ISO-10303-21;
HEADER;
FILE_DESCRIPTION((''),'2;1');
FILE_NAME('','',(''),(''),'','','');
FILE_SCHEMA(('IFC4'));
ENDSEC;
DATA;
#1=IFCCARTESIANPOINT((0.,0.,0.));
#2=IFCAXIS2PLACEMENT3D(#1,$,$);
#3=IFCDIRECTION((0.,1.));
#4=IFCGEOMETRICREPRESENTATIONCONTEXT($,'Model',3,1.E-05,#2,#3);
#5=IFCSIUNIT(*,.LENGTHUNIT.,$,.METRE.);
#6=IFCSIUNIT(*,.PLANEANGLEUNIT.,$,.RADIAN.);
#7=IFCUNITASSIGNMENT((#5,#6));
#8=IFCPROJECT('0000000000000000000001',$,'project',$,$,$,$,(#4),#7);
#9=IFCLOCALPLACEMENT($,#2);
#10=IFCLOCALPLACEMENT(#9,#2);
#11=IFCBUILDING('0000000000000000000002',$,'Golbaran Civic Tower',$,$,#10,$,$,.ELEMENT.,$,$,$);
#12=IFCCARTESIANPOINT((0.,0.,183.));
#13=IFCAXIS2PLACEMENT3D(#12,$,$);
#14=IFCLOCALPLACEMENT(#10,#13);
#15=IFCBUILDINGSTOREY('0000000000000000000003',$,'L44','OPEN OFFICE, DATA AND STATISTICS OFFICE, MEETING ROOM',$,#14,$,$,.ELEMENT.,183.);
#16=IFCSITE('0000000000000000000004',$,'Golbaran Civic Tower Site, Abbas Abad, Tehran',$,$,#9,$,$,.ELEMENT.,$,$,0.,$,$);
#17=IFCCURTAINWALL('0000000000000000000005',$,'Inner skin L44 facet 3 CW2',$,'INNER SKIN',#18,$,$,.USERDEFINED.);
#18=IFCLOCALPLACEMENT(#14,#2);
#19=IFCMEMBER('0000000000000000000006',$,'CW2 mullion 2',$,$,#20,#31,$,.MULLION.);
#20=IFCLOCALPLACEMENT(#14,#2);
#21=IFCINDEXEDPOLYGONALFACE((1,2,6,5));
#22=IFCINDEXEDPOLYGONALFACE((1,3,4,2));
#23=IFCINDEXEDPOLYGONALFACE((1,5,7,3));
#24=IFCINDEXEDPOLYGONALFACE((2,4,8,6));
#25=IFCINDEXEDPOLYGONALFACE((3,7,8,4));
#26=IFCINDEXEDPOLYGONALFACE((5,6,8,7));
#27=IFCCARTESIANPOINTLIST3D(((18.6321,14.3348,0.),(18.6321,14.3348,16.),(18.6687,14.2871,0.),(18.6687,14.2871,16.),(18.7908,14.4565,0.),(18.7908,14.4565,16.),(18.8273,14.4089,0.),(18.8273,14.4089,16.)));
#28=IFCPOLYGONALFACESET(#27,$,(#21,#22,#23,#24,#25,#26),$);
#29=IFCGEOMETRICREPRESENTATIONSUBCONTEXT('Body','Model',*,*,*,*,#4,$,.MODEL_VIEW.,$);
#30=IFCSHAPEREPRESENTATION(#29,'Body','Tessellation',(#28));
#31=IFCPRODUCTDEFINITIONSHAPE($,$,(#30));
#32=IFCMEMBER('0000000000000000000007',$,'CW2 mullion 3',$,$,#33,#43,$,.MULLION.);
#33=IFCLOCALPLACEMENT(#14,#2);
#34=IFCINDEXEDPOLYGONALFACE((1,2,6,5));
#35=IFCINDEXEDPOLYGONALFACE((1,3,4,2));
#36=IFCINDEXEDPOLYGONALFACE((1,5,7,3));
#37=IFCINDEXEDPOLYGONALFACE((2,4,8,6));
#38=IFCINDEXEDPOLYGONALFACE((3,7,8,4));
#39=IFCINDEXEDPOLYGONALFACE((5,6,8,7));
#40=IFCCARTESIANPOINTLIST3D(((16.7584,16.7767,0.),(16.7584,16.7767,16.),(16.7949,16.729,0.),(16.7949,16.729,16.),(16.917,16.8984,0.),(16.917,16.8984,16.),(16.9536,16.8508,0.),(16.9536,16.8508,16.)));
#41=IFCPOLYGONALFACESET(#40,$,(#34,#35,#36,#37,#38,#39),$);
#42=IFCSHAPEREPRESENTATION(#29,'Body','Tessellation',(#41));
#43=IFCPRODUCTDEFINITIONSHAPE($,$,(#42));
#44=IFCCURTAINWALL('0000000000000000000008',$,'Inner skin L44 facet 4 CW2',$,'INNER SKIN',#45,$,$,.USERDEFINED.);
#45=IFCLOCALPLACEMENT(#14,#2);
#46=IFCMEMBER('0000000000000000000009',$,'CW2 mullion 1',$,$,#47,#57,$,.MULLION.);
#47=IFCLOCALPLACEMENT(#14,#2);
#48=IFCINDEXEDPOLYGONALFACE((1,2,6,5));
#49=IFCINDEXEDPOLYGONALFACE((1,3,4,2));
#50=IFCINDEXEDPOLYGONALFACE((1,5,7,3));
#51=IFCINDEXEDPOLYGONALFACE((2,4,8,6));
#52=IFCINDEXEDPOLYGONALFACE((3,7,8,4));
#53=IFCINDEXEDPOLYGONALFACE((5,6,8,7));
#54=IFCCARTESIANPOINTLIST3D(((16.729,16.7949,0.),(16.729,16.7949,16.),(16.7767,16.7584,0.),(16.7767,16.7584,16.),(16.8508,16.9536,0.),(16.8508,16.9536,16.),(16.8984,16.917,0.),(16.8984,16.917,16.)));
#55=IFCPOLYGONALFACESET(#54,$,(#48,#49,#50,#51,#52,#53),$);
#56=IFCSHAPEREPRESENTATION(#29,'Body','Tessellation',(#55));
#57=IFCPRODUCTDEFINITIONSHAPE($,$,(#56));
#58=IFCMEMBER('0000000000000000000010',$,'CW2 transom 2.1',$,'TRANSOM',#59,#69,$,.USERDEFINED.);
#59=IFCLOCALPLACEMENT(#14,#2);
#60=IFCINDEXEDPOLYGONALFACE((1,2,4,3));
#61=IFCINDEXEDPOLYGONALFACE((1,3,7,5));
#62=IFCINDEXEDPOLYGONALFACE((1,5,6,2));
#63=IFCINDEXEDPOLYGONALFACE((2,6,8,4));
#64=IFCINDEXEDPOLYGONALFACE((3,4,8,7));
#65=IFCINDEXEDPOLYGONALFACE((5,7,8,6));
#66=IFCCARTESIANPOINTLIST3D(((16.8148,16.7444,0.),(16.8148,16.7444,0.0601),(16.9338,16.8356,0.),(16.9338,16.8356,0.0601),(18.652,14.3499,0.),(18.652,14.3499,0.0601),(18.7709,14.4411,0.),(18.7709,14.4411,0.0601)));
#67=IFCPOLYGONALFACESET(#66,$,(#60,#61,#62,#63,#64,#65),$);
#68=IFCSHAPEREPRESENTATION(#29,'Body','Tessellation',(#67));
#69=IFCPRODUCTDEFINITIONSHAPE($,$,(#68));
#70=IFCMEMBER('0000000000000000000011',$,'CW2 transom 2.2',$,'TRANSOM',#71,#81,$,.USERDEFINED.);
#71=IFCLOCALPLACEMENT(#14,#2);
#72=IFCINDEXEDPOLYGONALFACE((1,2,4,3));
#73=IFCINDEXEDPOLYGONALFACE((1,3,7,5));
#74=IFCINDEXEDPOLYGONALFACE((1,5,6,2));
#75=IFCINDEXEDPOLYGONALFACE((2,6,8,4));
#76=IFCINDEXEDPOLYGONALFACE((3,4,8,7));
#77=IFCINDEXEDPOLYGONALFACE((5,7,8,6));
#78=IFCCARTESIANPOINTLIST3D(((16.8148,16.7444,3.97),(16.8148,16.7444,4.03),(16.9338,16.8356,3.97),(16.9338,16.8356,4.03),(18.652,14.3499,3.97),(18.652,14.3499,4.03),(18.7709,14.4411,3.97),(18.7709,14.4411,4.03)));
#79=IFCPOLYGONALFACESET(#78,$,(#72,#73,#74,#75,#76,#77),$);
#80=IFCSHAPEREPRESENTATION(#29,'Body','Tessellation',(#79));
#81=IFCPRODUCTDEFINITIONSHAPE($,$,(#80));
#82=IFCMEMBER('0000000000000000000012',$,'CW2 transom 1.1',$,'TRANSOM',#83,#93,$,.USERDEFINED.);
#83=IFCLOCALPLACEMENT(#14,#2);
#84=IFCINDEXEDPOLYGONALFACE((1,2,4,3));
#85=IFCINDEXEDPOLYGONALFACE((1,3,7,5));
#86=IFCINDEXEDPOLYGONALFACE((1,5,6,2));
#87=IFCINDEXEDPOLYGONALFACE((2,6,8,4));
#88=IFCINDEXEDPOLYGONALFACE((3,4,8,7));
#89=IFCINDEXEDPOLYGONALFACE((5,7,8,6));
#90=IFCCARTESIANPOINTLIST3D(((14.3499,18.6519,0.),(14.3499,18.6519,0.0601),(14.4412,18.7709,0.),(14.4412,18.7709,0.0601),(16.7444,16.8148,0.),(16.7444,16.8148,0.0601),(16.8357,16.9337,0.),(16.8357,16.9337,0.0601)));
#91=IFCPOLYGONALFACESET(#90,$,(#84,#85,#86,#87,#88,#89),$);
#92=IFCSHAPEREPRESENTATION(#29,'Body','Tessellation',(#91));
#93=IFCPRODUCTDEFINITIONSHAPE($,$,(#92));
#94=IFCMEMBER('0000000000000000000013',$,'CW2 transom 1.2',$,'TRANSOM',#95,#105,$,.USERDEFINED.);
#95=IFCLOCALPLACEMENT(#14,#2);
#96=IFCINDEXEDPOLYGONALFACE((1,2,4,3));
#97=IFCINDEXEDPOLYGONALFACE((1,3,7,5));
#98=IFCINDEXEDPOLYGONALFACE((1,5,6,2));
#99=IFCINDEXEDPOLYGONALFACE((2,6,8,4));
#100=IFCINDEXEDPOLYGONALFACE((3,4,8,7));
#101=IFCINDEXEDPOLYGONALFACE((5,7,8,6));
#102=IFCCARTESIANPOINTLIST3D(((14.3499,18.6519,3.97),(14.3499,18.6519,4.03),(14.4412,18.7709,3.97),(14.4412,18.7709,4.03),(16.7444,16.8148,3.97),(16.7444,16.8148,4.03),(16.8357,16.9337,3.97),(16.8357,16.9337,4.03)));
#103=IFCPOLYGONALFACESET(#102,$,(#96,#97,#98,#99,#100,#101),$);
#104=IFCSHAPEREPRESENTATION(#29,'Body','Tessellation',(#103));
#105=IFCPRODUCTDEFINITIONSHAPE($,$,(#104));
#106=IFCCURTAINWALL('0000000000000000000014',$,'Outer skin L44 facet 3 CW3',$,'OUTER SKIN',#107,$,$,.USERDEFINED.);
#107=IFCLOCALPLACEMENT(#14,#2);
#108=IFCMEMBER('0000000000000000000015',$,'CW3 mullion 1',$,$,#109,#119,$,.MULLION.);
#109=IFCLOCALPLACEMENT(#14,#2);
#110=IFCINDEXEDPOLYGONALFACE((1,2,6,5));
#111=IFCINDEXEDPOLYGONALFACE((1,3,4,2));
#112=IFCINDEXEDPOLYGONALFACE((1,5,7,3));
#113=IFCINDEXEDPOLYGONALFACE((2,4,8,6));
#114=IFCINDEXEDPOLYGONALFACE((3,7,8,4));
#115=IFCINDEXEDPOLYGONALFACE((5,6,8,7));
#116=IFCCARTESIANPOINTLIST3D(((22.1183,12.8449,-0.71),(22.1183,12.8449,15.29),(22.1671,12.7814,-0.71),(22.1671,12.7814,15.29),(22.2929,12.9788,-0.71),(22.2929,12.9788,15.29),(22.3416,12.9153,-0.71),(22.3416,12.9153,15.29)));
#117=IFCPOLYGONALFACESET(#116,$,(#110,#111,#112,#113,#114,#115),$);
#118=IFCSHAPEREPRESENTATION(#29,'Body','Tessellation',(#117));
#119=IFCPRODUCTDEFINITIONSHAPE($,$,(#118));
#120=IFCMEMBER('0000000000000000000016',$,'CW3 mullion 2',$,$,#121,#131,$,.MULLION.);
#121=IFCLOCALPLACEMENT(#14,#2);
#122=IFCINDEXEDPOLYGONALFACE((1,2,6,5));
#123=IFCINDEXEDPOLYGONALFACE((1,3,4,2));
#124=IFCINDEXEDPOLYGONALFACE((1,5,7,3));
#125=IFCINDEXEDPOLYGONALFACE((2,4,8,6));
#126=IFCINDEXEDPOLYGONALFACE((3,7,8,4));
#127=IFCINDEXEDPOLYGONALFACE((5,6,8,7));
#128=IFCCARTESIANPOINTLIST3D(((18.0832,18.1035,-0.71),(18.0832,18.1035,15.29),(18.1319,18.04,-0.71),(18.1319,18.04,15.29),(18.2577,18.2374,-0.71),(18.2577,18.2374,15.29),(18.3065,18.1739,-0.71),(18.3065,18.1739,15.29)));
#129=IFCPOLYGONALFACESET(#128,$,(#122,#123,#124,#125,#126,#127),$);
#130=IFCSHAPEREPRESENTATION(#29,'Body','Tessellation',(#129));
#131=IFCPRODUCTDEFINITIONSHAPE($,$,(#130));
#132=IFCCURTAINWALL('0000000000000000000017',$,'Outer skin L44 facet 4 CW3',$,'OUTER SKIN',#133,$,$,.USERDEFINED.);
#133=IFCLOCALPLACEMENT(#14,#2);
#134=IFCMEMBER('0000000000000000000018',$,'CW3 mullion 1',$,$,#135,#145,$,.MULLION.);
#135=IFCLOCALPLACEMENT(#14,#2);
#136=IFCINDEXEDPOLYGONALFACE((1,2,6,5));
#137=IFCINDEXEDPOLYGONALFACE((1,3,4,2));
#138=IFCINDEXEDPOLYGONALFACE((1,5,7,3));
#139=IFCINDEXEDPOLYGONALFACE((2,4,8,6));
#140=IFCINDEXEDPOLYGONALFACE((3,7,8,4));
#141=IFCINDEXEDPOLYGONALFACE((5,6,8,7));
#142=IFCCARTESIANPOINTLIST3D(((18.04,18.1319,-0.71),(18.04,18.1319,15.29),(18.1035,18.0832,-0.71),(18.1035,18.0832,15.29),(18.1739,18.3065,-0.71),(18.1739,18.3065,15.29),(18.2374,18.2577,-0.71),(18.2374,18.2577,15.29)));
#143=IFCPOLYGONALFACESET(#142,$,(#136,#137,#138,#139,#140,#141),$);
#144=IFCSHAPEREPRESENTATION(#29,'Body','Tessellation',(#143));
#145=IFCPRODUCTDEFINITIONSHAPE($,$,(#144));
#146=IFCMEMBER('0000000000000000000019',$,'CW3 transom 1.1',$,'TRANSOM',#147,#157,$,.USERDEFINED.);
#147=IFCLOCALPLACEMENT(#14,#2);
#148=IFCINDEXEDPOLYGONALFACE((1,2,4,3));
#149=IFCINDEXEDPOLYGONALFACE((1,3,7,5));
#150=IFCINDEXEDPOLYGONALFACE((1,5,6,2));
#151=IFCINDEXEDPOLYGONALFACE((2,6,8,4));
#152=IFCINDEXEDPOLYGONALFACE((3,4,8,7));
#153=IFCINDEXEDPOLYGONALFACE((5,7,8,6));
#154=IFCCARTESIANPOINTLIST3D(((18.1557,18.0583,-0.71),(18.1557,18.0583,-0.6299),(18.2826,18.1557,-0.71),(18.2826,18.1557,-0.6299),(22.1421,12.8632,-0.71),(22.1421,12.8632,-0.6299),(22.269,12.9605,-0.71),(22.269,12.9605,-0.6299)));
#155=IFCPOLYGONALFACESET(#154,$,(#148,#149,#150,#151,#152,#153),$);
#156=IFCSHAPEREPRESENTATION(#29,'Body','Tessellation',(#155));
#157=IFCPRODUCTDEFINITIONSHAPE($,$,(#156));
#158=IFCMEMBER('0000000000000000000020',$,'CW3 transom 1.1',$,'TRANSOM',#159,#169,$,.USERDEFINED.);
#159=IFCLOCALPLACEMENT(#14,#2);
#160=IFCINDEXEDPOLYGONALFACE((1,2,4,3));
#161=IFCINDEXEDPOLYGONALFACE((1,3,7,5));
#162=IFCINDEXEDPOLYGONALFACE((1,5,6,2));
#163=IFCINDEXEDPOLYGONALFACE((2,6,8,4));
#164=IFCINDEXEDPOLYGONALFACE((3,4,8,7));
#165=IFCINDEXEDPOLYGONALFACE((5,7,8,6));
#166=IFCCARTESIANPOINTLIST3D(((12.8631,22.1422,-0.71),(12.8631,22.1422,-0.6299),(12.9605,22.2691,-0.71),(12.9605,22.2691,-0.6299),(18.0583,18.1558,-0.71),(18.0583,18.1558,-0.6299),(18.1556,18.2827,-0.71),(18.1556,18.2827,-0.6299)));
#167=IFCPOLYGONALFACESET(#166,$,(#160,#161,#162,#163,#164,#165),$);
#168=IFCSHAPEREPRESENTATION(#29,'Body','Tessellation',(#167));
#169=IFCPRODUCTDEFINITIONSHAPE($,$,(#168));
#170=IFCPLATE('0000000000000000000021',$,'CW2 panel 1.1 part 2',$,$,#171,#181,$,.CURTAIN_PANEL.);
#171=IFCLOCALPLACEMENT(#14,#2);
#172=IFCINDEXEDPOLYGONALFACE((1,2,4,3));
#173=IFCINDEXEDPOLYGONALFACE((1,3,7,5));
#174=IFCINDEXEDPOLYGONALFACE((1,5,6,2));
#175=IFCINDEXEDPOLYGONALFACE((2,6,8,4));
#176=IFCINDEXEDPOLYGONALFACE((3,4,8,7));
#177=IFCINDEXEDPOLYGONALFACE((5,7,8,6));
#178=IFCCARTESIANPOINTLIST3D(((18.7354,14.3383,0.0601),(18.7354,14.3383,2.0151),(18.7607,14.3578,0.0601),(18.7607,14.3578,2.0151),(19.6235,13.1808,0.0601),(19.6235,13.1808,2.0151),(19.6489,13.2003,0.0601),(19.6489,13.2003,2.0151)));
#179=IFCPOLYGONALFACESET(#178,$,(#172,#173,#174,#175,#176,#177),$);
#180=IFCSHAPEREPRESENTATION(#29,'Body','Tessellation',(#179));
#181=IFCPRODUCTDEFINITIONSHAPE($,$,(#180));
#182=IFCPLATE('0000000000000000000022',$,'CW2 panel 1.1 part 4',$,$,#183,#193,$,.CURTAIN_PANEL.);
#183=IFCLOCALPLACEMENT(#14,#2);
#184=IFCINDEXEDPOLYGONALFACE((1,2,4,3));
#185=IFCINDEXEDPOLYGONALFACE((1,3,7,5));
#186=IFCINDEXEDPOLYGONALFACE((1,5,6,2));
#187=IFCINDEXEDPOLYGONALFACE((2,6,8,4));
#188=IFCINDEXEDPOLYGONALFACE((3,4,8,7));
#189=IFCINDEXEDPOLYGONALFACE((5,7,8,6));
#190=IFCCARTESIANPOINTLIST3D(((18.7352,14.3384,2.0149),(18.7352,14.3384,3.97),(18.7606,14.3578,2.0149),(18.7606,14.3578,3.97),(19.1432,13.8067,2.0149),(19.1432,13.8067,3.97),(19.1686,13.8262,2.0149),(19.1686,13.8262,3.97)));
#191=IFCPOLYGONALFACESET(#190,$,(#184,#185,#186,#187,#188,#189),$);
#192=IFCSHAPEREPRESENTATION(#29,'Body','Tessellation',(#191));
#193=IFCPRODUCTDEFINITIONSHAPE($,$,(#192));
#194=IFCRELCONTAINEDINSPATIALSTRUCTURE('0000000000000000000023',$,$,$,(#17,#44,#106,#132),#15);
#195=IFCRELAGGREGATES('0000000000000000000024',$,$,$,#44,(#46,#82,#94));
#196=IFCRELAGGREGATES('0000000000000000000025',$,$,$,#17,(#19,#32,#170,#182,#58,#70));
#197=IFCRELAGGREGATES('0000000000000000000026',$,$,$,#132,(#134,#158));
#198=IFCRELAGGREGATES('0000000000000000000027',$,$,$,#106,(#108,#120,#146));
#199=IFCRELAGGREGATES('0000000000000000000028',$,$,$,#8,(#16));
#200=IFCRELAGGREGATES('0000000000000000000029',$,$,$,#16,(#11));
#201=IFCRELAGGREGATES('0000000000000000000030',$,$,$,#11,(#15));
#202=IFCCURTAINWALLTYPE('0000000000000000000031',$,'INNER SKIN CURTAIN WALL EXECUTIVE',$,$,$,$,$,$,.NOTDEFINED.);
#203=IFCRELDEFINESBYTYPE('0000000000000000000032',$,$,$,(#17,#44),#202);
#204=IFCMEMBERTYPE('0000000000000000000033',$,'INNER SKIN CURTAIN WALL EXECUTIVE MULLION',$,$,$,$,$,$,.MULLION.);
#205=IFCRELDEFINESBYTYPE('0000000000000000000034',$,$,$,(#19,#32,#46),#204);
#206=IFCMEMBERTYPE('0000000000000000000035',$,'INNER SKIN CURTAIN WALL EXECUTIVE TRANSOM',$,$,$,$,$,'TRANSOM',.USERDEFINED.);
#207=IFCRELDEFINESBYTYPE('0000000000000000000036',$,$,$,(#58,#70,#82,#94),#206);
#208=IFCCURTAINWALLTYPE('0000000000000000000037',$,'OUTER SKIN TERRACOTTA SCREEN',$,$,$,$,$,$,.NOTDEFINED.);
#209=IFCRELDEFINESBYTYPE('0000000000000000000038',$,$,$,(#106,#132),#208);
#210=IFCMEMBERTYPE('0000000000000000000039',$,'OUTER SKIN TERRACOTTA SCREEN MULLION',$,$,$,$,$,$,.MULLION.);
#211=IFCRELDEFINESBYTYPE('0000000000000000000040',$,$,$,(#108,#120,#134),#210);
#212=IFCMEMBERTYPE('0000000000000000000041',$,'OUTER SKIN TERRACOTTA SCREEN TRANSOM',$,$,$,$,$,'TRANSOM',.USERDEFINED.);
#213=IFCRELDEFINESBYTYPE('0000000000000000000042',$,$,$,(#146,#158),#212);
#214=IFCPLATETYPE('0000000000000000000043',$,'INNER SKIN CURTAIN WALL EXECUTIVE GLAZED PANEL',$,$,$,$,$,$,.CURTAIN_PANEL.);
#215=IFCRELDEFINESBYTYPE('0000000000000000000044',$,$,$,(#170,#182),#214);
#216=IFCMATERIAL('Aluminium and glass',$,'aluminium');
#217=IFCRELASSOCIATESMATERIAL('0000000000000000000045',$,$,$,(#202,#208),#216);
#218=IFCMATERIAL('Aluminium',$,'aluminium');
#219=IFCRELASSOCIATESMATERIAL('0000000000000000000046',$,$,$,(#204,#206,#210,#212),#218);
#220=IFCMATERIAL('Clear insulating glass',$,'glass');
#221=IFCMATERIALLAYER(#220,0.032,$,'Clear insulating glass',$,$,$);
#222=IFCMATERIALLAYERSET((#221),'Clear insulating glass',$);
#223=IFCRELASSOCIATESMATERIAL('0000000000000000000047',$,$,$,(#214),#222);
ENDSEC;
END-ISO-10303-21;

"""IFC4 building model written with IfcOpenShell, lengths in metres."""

from ifc_helpers import new_model, si_unit, direction, frame, origin, origin_2d, place, context, subcontext, project, spatial, rectangle, extrude, material, layer, layer_set, material_profile, profile_set, type_object, element, aggregate, save


model = new_model("IFC4")

# Units and contexts
model_context = context("Model", 3, precision=1e-05, world=origin(), true_north=direction((0.0, 1.0)))
body_context = subcontext(model_context, "Body", "Model", "MODEL_VIEW")
ifc_project = project(units=[si_unit("LENGTHUNIT", "METRE"), si_unit("PLANEANGLEUNIT", "RADIAN")], contexts=[model_context])

# Site, building, storey
site_placement = place(None, origin())
site = spatial("IfcSite", under=ifc_project, at=site_placement, Name="Golbaran Civic Tower Site, Abbas Abad, Tehran", CompositionType="ELEMENT", RefElevation=0.0)
building_placement = place(site_placement, origin())
building = spatial("IfcBuilding", under=site, at=building_placement, Name="Golbaran Civic Tower", CompositionType="ELEMENT")
storey_placement = place(building_placement, frame((0.0, 0.0, 183.0)))
storey = spatial("IfcBuildingStorey", under=building, at=storey_placement, Name="L44", Description="OPEN OFFICE, DATA AND STATISTICS OFFICE, MEETING ROOM", CompositionType="ELEMENT", Elevation=183.0)

# Curtain wall, members
ifc_material_1 = material(Name="Aluminium and glass", Category="aluminium")
curtain_wall_type_1 = type_object("IfcCurtainWallType", Name="INNER SKIN CURTAIN WALL EXECUTIVE", PredefinedType="NOTDEFINED", material=ifc_material_1)
curtain_wall_1_placement = place(storey_placement, origin())
curtain_wall_1 = element("IfcCurtainWall", 1, at=curtain_wall_1_placement, inside=storey, type_object=curtain_wall_type_1, Name="Inner skin L44 facet 3 CW2", ObjectType="INNER SKIN", PredefinedType="USERDEFINED")
ifc_material_2 = material(Name="Aluminium", Category="aluminium")
ifc_material_profile_1 = material_profile(ifc_material_2, rectangle(XDim=0.2, YDim=0.0601, at=origin_2d()), Name="INNER SKIN CURTAIN WALL EXECUTIVE MULLION")
ifc_profile_set_1 = profile_set([ifc_material_profile_1], Name="Aluminium")
member_type_1 = type_object("IfcMemberType", Name="INNER SKIN CURTAIN WALL EXECUTIVE MULLION", PredefinedType="MULLION", material=ifc_profile_set_1)
member_1_placement = place(storey_placement, frame((18.7297, 14.3718, 0.0), z_axis=(0.0, 0.0, 1.0), x_axis=(-0.793353, -0.608761, 0.0)))
member_1 = element("IfcMember", 2, at=member_1_placement, type_object=member_type_1, Name="CW2 mullion 2", PredefinedType="MULLION", context=body_context, shape_type="SweptSolid", body=[
    extrude(rectangle(XDim=0.2, YDim=0.0601, at=origin_2d()), origin(), (0.0, 0.0, 1.0), 16.0),
])
member_2_placement = place(storey_placement, frame((16.856, 16.8137, 0.0), z_axis=(0.0, 0.0, 1.0), x_axis=(-0.793353, -0.608761, 0.0)))
member_2 = element("IfcMember", 3, at=member_2_placement, type_object=member_type_1, Name="CW2 mullion 3", PredefinedType="MULLION", context=body_context, shape_type="SweptSolid", body=[
    extrude(rectangle(XDim=0.2, YDim=0.0601, at=origin_2d()), origin(), (0.0, 0.0, 1.0), 16.0),
])

# Curtain wall, member
curtain_wall_2_placement = place(storey_placement, origin())
curtain_wall_2 = element("IfcCurtainWall", 4, at=curtain_wall_2_placement, inside=storey, type_object=curtain_wall_type_1, Name="Inner skin L44 facet 4 CW2", ObjectType="INNER SKIN", PredefinedType="USERDEFINED")
member_3_placement = place(storey_placement, frame((16.8137, 16.856, 0.0), z_axis=(0.0, 0.0, 1.0), x_axis=(-0.608761, -0.793353, 0.0)))
member_3 = element("IfcMember", 5, at=member_3_placement, type_object=member_type_1, Name="CW2 mullion 1", PredefinedType="MULLION", context=body_context, shape_type="SweptSolid", body=[
    extrude(rectangle(XDim=0.2, YDim=0.0601, at=origin_2d()), origin(), (0.0, 0.0, 1.0), 16.0),
])

# Members
ifc_material_profile_2 = material_profile(ifc_material_2, rectangle(XDim=0.1499, YDim=0.0601, at=origin_2d()), Name="INNER SKIN CURTAIN WALL EXECUTIVE TRANSOM")
ifc_profile_set_2 = profile_set([ifc_material_profile_2], Name="Aluminium")
member_type_2 = type_object("IfcMemberType", Name="INNER SKIN CURTAIN WALL EXECUTIVE TRANSOM", ElementType="TRANSOM", PredefinedType="USERDEFINED", material=ifc_profile_set_2)
member_4_placement = place(storey_placement, frame((18.7114, 14.3955, 0.03), z_axis=(-0.608713, 0.79339, 0.0), x_axis=(-0.79339, -0.608713, 0.0)))
member_4 = element("IfcMember", 6, at=member_4_placement, type_object=member_type_2, Name="CW2 transom 2.1", ObjectType="TRANSOM", PredefinedType="USERDEFINED", context=body_context, shape_type="SweptSolid", body=[
    extrude(rectangle(XDim=0.1499, YDim=0.0601, at=origin_2d()), origin(), (0.0, 0.0, 1.0), 3.0181),
])
member_5_placement = place(storey_placement, frame((18.7114, 14.3955, 4.0), z_axis=(-0.608713, 0.79339, 0.0), x_axis=(-0.79339, -0.608713, 0.0)))
member_5 = element("IfcMember", 7, at=member_5_placement, type_object=member_type_2, Name="CW2 transom 2.2", ObjectType="TRANSOM", PredefinedType="USERDEFINED", context=body_context, shape_type="SweptSolid", body=[
    extrude(rectangle(XDim=0.1499, YDim=0.0601, at=origin_2d()), origin(), (0.0, 0.0, 1.0), 3.0181),
])
member_6_placement = place(storey_placement, frame((16.79, 16.8743, 0.03), z_axis=(-0.79339, 0.608713, 0.0), x_axis=(-0.608713, -0.79339, 0.0)))
member_6 = element("IfcMember", 8, at=member_6_placement, type_object=member_type_2, Name="CW2 transom 1.1", ObjectType="TRANSOM", PredefinedType="USERDEFINED", context=body_context, shape_type="SweptSolid", body=[
    extrude(rectangle(XDim=0.1499, YDim=0.0601, at=origin_2d()), origin(), (0.0, 0.0, 1.0), 3.0181),
])
member_7_placement = place(storey_placement, frame((16.79, 16.8743, 4.0), z_axis=(-0.79339, 0.608713, 0.0), x_axis=(-0.608713, -0.79339, 0.0)))
member_7 = element("IfcMember", 9, at=member_7_placement, type_object=member_type_2, Name="CW2 transom 1.2", ObjectType="TRANSOM", PredefinedType="USERDEFINED", context=body_context, shape_type="SweptSolid", body=[
    extrude(rectangle(XDim=0.1499, YDim=0.0601, at=origin_2d()), origin(), (0.0, 0.0, 1.0), 3.0181),
])
aggregate(curtain_wall_2, [member_3, member_6, member_7])

# Curtain wall, members
curtain_wall_type_2 = type_object("IfcCurtainWallType", Name="OUTER SKIN TERRACOTTA SCREEN", PredefinedType="NOTDEFINED", material=ifc_material_1)
curtain_wall_3_placement = place(storey_placement, origin())
curtain_wall_3 = element("IfcCurtainWall", 10, at=curtain_wall_3_placement, inside=storey, type_object=curtain_wall_type_2, Name="Outer skin L44 facet 3 CW3", ObjectType="OUTER SKIN", PredefinedType="USERDEFINED")
ifc_material_profile_3 = material_profile(ifc_material_2, rectangle(XDim=0.22, YDim=0.0801, at=origin_2d()), Name="OUTER SKIN TERRACOTTA SCREEN MULLION")
ifc_profile_set_3 = profile_set([ifc_material_profile_3], Name="Aluminium")
member_type_3 = type_object("IfcMemberType", Name="OUTER SKIN TERRACOTTA SCREEN MULLION", PredefinedType="MULLION", material=ifc_profile_set_3)
member_8_placement = place(storey_placement, frame((22.23, 12.8801, -0.71), z_axis=(0.0, 0.0, 1.0), x_axis=(-0.793353, -0.608761, 0.0)))
member_8 = element("IfcMember", 11, at=member_8_placement, type_object=member_type_3, Name="CW3 mullion 1", PredefinedType="MULLION", context=body_context, shape_type="SweptSolid", body=[
    extrude(rectangle(XDim=0.22, YDim=0.0801, at=origin_2d()), origin(), (0.0, 0.0, 1.0), 16.0),
])
member_9_placement = place(storey_placement, frame((18.1948, 18.1387, -0.71), z_axis=(0.0, 0.0, 1.0), x_axis=(-0.793353, -0.608761, 0.0)))
member_9 = element("IfcMember", 12, at=member_9_placement, type_object=member_type_3, Name="CW3 mullion 2", PredefinedType="MULLION", context=body_context, shape_type="SweptSolid", body=[
    extrude(rectangle(XDim=0.22, YDim=0.0801, at=origin_2d()), origin(), (0.0, 0.0, 1.0), 16.0),
])

# Curtain wall, member
curtain_wall_4_placement = place(storey_placement, origin())
curtain_wall_4 = element("IfcCurtainWall", 13, at=curtain_wall_4_placement, inside=storey, type_object=curtain_wall_type_2, Name="Outer skin L44 facet 4 CW3", ObjectType="OUTER SKIN", PredefinedType="USERDEFINED")
member_10_placement = place(storey_placement, frame((18.1387, 18.1948, -0.71), z_axis=(0.0, 0.0, 1.0), x_axis=(-0.608761, -0.793353, 0.0)))
member_10 = element("IfcMember", 14, at=member_10_placement, type_object=member_type_3, Name="CW3 mullion 1", PredefinedType="MULLION", context=body_context, shape_type="SweptSolid", body=[
    extrude(rectangle(XDim=0.22, YDim=0.0801, at=origin_2d()), origin(), (0.0, 0.0, 1.0), 16.0),
])

# Members
ifc_material_profile_4 = material_profile(ifc_material_2, rectangle(XDim=0.1599, YDim=0.0801, at=origin_2d()), Name="OUTER SKIN TERRACOTTA SCREEN TRANSOM")
ifc_profile_set_4 = profile_set([ifc_material_profile_4], Name="Aluminium")
member_type_4 = type_object("IfcMemberType", Name="OUTER SKIN TERRACOTTA SCREEN TRANSOM", ElementType="TRANSOM", PredefinedType="USERDEFINED", material=ifc_profile_set_4)
member_11_placement = place(storey_placement, frame((22.2056, 12.9119, -0.6699), z_axis=(-0.608763, 0.793352, 0.0), x_axis=(-0.793352, -0.608763, 0.0)))
member_11 = element("IfcMember", 15, at=member_11_placement, type_object=member_type_4, Name="CW3 transom 1.1", ObjectType="TRANSOM", PredefinedType="USERDEFINED", context=body_context, shape_type="SweptSolid", body=[
    extrude(rectangle(XDim=0.1599, YDim=0.0801, at=origin_2d()), origin(), (0.0, 0.0, 1.0), 6.5483),
])
member_12_placement = place(storey_placement, frame((18.1069, 18.2192, -0.6699), z_axis=(-0.793352, 0.608763, 0.0), x_axis=(-0.608763, -0.793352, 0.0)))
member_12 = element("IfcMember", 16, at=member_12_placement, type_object=member_type_4, Name="CW3 transom 1.1", ObjectType="TRANSOM", PredefinedType="USERDEFINED", context=body_context, shape_type="SweptSolid", body=[
    extrude(rectangle(XDim=0.1599, YDim=0.0801, at=origin_2d()), origin(), (0.0, 0.0, 1.0), 6.5483),
])

# Plates
ifc_material_3 = material(Name="Clear insulating glass", Category="glass")
ifc_layer_1 = layer(ifc_material_3, 0.032, Name="Clear insulating glass")
ifc_layer_set_1 = layer_set([ifc_layer_1], Name="Clear insulating glass")
plate_type_1 = type_object("IfcPlateType", Name="INNER SKIN CURTAIN WALL EXECUTIVE GLAZED PANEL", PredefinedType="CURTAIN_PANEL", material=ifc_layer_set_1)
plate_1_placement = place(storey_placement, frame((19.1921, 13.7693, 0.0601), z_axis=(0.0, 0.0, 1.0), x_axis=(-0.608761, 0.793353, 0.0)))
plate_1 = element("IfcPlate", 17, at=plate_1_placement, type_object=plate_type_1, Name="CW2 panel 1.1 part 2", PredefinedType="CURTAIN_PANEL", context=body_context, shape_type="SweptSolid", body=[
    extrude(rectangle(XDim=1.459, YDim=0.032, at=origin_2d()), origin(), (0.0, 0.0, 1.0), 1.9551),
])
plate_2_placement = place(storey_placement, frame((18.9519, 14.0823, 2.0149), z_axis=(0.0, 0.0, 1.0), x_axis=(-0.608761, 0.793353, 0.0)))
plate_2 = element("IfcPlate", 18, at=plate_2_placement, type_object=plate_type_1, Name="CW2 panel 1.1 part 4", PredefinedType="CURTAIN_PANEL", context=body_context, shape_type="SweptSolid", body=[
    extrude(rectangle(XDim=0.6702, YDim=0.032, at=origin_2d()), origin(), (0.0, 0.0, 1.0), 1.9551),
])
aggregate(curtain_wall_1, [member_1, member_2, plate_1, plate_2, member_4, member_5])
aggregate(curtain_wall_4, [member_10, member_12])
aggregate(curtain_wall_3, [member_8, member_9, member_11])

save(model, "model.ifc")
